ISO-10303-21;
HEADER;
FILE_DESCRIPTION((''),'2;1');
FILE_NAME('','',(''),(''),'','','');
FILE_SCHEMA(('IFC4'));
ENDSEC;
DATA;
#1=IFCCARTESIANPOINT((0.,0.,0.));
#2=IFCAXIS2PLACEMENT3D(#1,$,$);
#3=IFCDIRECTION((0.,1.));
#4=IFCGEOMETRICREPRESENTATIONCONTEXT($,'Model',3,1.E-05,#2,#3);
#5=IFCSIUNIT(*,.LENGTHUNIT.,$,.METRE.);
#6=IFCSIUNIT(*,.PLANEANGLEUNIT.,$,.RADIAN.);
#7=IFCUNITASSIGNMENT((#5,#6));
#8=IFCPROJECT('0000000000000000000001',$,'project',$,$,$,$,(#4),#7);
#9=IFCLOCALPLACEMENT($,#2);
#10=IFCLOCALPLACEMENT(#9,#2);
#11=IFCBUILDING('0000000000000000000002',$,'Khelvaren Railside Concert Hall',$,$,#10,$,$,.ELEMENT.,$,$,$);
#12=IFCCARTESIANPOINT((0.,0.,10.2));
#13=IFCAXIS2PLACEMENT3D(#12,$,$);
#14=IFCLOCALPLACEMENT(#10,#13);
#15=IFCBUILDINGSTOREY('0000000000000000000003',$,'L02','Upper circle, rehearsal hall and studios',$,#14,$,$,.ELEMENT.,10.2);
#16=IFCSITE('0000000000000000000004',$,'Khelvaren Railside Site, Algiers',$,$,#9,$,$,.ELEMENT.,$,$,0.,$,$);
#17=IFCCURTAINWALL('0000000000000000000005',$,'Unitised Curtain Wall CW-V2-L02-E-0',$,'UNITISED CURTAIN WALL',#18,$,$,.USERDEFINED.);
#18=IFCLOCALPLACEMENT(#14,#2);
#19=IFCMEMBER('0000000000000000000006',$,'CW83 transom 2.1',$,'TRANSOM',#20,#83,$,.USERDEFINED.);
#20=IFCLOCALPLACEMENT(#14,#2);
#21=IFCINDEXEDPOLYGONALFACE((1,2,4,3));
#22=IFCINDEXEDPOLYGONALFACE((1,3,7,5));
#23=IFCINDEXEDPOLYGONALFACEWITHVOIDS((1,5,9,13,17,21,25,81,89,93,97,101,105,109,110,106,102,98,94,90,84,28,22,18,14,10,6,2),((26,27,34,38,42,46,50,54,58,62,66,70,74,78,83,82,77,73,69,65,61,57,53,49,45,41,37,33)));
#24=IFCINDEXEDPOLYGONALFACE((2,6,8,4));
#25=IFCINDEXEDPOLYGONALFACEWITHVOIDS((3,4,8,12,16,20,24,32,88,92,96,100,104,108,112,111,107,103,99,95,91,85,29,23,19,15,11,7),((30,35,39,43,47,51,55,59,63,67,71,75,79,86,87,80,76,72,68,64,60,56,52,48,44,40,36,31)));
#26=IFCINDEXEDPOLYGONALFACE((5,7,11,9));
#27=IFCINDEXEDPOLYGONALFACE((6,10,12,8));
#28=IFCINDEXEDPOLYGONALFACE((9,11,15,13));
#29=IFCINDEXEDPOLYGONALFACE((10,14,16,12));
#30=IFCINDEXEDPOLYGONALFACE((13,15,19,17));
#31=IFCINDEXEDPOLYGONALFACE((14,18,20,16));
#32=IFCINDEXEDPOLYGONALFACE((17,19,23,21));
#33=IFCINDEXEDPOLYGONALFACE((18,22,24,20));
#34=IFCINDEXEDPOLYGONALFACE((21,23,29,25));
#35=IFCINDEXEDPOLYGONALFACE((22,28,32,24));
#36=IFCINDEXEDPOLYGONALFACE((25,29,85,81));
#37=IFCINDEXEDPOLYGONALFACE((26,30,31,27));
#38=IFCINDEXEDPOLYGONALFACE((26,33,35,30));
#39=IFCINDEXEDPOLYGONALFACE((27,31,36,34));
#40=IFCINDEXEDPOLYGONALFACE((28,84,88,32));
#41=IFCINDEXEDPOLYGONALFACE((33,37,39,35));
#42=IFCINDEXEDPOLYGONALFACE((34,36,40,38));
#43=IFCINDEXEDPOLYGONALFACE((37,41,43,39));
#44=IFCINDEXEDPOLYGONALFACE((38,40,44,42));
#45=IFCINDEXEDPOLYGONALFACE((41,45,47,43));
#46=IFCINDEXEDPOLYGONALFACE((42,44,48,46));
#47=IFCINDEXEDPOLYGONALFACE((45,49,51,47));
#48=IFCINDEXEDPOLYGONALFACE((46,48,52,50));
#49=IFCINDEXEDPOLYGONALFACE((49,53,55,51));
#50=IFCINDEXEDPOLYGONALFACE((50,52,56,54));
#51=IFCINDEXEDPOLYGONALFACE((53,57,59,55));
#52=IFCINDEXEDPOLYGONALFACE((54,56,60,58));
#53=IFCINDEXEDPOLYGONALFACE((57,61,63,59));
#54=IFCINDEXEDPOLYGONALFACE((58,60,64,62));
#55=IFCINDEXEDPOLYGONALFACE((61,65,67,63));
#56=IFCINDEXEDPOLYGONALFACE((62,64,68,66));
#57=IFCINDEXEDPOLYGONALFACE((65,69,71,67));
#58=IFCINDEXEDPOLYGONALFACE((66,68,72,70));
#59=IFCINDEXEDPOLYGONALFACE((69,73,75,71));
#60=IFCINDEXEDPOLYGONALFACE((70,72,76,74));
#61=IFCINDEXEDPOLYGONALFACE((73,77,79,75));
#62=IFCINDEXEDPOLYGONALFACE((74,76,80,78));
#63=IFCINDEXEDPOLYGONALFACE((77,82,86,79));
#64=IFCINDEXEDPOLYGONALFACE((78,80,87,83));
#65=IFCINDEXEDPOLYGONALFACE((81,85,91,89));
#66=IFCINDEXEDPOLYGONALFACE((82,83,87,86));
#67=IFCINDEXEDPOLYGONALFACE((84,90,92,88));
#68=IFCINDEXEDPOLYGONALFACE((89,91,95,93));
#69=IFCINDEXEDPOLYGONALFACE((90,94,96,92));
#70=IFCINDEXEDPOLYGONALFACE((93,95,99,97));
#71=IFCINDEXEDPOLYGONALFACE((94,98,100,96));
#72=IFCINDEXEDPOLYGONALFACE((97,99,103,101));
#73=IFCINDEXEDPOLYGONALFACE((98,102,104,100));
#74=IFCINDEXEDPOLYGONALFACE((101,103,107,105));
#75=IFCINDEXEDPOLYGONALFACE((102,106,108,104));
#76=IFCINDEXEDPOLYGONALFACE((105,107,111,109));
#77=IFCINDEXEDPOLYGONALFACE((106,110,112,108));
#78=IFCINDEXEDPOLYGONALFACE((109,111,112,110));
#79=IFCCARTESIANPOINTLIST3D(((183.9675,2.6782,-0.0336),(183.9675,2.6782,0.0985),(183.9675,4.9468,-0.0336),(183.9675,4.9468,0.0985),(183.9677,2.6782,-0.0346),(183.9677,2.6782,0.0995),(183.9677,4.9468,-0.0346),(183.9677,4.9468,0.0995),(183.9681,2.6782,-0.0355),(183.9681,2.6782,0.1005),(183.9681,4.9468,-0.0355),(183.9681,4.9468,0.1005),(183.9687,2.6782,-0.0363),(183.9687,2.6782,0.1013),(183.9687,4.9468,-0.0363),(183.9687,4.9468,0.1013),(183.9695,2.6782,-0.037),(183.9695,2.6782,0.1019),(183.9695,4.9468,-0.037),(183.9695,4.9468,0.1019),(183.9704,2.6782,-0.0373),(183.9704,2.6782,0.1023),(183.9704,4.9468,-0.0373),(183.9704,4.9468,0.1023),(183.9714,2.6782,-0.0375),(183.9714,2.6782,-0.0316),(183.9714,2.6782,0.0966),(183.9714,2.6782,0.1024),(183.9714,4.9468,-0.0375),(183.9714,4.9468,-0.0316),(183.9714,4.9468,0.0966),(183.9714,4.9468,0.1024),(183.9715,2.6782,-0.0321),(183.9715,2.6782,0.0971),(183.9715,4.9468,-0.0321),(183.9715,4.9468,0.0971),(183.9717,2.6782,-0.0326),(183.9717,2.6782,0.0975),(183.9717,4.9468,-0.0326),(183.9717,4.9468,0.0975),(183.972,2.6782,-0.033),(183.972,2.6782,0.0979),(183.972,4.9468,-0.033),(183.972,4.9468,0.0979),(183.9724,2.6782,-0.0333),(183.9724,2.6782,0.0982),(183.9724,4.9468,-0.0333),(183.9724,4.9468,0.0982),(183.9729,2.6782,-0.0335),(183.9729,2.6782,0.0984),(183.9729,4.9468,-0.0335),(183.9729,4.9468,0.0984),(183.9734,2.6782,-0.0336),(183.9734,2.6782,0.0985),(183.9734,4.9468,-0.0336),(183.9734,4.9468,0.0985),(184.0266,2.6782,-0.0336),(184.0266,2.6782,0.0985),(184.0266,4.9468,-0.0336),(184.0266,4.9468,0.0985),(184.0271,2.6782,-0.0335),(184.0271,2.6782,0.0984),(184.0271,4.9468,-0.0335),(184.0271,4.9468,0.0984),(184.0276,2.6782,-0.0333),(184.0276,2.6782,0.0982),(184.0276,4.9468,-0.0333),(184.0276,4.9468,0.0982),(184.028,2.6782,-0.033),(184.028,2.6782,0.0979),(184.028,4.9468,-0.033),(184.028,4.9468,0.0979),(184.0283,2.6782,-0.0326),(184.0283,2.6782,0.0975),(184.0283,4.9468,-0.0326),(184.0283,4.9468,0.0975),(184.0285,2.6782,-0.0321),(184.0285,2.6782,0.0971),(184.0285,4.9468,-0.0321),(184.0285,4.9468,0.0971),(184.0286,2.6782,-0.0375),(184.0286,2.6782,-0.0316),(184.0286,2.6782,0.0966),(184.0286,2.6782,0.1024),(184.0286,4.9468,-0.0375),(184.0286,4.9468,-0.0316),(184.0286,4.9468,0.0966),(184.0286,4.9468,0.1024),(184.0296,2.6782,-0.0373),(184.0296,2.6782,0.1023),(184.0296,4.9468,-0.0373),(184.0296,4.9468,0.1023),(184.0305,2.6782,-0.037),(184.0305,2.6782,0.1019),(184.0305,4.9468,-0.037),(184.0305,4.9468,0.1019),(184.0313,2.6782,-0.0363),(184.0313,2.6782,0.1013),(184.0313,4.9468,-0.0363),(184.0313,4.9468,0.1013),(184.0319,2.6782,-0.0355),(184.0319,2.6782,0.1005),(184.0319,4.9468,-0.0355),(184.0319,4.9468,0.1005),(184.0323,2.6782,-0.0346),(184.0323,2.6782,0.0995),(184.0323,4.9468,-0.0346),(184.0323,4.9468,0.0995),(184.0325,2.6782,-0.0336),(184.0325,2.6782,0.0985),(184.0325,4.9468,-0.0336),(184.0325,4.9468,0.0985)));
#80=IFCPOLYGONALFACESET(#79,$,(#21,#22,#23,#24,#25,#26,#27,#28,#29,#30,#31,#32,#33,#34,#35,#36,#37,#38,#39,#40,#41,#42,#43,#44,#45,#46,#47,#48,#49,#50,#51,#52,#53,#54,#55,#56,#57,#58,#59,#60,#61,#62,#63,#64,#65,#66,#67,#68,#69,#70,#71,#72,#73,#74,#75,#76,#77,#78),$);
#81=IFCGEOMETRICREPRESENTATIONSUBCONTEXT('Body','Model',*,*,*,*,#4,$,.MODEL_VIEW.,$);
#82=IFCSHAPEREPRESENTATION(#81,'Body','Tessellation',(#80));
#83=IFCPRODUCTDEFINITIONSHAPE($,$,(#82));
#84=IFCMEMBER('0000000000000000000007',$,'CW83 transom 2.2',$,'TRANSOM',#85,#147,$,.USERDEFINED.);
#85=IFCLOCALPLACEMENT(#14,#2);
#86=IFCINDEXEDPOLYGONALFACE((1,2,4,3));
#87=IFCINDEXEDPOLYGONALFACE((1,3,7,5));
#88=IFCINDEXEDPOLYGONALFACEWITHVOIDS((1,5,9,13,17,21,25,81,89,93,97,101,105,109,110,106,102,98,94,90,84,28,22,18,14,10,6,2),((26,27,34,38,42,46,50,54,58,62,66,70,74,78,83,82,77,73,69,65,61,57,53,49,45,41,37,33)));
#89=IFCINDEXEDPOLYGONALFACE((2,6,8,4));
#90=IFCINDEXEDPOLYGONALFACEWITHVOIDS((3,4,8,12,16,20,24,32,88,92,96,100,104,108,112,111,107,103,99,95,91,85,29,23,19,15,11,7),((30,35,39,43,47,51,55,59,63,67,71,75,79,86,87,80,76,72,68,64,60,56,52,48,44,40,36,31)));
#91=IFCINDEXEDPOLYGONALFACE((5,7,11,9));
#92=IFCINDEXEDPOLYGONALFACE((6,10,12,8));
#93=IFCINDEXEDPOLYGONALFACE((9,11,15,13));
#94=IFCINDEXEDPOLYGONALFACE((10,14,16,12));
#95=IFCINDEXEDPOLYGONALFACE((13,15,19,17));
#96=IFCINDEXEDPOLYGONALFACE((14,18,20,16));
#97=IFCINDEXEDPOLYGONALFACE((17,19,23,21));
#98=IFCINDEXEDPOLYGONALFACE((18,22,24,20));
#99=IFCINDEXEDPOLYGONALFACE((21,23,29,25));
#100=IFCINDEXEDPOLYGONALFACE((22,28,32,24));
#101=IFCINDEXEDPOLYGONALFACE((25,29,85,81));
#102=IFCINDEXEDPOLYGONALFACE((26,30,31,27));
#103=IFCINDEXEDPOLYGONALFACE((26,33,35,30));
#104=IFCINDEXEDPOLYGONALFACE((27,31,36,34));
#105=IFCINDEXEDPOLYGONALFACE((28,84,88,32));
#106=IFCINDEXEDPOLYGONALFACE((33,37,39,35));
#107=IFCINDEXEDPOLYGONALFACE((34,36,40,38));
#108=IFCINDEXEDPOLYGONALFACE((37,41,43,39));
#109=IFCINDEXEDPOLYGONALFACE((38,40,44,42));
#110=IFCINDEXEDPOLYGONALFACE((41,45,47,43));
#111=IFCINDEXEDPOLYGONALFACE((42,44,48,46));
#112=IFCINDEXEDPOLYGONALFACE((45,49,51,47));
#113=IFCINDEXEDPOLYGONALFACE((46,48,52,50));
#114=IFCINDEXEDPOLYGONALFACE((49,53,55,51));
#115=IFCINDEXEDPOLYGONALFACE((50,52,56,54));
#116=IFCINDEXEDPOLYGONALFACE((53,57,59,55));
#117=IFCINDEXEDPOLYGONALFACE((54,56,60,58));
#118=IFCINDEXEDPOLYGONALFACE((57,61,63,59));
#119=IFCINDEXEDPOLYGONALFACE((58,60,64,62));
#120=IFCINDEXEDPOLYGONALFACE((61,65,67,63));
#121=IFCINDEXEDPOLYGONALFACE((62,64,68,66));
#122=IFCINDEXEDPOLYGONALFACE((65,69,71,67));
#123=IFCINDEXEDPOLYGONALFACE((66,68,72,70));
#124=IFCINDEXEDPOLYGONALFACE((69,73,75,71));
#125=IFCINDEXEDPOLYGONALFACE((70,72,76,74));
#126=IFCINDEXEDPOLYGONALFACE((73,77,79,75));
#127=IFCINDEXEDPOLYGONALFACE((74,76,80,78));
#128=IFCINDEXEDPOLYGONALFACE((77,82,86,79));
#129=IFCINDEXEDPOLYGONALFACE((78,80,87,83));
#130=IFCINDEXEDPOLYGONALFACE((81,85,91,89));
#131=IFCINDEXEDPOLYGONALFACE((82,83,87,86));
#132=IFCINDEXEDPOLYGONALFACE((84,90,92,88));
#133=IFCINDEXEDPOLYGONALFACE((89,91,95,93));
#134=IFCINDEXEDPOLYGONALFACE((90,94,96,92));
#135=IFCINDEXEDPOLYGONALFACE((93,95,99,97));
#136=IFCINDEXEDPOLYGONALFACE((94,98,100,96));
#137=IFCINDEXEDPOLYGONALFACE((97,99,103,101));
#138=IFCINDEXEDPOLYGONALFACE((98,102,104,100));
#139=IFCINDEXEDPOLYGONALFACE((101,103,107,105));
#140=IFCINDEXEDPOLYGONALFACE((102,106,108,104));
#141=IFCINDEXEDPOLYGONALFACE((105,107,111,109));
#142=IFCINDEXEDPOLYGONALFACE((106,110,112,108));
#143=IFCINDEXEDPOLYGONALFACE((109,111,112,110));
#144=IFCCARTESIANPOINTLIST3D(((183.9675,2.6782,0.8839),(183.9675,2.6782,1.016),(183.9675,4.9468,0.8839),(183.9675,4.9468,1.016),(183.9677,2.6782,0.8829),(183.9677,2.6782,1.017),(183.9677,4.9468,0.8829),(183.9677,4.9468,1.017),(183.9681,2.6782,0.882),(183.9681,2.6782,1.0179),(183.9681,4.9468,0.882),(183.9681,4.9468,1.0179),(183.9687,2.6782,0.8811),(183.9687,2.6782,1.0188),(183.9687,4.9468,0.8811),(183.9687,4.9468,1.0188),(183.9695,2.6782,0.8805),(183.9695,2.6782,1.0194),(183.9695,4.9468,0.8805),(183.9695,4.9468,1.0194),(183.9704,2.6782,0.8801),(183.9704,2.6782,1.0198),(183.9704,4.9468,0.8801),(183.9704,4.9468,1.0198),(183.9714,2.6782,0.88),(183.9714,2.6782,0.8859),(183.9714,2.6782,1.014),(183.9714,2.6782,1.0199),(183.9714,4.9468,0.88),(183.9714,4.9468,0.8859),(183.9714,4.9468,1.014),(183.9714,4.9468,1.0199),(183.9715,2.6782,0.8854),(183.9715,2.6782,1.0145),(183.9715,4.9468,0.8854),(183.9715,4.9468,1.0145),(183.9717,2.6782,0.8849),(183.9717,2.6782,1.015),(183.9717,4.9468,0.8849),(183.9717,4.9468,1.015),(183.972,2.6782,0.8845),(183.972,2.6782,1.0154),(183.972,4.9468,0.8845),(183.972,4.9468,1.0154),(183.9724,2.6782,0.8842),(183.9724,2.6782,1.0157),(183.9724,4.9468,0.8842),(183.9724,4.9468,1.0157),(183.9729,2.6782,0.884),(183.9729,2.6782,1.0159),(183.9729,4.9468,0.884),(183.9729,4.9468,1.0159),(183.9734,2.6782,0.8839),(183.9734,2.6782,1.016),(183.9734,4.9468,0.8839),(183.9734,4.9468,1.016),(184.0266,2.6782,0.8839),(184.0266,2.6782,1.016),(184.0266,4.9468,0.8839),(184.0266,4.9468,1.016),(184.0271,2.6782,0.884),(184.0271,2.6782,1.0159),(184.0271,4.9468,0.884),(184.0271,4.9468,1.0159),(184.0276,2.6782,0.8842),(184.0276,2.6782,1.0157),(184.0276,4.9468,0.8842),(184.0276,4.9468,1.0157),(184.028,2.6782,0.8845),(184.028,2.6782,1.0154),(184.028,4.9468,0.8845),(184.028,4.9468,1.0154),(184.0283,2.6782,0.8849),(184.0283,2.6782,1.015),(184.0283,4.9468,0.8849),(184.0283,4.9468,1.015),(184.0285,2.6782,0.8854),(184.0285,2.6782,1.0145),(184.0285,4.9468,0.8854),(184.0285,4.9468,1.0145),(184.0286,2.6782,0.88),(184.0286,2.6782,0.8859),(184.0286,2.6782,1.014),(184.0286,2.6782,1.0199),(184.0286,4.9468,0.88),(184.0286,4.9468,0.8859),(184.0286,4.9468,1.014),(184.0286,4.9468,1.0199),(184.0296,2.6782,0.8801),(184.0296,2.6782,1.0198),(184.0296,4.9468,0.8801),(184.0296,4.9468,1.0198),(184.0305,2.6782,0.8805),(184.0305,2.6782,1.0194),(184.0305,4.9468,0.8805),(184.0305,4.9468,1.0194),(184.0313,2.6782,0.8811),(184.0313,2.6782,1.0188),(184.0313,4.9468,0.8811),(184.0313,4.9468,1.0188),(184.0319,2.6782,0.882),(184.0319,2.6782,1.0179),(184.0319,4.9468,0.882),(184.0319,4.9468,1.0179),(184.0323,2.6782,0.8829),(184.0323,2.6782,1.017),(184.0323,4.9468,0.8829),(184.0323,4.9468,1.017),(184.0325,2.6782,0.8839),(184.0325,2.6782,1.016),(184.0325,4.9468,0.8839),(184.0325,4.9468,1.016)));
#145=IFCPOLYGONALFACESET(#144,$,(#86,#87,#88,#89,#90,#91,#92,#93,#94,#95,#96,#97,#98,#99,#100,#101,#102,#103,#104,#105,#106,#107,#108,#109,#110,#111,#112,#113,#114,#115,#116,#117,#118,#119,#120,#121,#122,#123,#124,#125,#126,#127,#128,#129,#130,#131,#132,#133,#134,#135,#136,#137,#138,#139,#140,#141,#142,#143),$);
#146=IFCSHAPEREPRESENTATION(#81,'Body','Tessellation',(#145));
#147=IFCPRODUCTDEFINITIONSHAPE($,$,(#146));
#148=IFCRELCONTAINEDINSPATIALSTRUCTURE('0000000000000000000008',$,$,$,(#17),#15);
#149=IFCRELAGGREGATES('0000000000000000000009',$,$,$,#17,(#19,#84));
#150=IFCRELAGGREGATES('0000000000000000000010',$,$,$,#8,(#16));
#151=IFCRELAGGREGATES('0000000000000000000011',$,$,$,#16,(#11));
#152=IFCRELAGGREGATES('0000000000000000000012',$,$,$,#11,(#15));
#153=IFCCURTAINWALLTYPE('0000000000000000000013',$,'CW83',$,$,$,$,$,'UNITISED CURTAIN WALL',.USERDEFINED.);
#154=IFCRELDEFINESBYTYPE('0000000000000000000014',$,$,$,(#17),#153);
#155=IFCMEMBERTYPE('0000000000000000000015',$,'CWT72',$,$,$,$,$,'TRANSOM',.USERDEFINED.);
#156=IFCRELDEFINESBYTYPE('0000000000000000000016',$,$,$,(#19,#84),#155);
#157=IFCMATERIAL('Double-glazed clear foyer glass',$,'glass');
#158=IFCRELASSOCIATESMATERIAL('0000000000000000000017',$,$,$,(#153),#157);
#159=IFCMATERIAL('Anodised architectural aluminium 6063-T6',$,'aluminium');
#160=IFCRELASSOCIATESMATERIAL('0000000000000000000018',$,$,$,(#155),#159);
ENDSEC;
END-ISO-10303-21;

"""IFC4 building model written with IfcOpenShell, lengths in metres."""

from ifc_helpers import new_model, si_unit, direction, frame, origin, origin_2d, place, context, subcontext, project, spatial, hollow_rectangle, extrude, material, material_profile, profile_set, type_object, element, aggregate, save


model = new_model("IFC4")

# Units and contexts
model_context = context("Model", 3, precision=1e-05, world=origin(), true_north=direction((0.0, 1.0)))
body_context = subcontext(model_context, "Body", "Model", "MODEL_VIEW")
ifc_project = project(units=[si_unit("LENGTHUNIT", "METRE"), si_unit("PLANEANGLEUNIT", "RADIAN")], contexts=[model_context])

# Site, building, storey
site_placement = place(None, origin())
site = spatial("IfcSite", under=ifc_project, at=site_placement, Name="Khelvaren Railside Site, Algiers", CompositionType="ELEMENT", RefElevation=0.0)
building_placement = place(site_placement, origin())
building = spatial("IfcBuilding", under=site, at=building_placement, Name="Khelvaren Railside Concert Hall", CompositionType="ELEMENT")
storey_placement = place(building_placement, frame((0.0, 0.0, 10.2)))
storey = spatial("IfcBuildingStorey", under=building, at=storey_placement, Name="L02", Description="Upper circle, rehearsal hall and studios", CompositionType="ELEMENT", Elevation=10.2)

# Shared definitions
ifc_material_1 = material(Name="Double-glazed clear foyer glass", Category="glass")
curtain_wall_type = type_object("IfcCurtainWallType", Name="CW83", ElementType="UNITISED CURTAIN WALL", PredefinedType="USERDEFINED", material=ifc_material_1)
ifc_material_2 = material(Name="Anodised architectural aluminium 6063-T6", Category="aluminium")

# Curtain wall
curtain_wall_1_placement = place(storey_placement, origin())
curtain_wall_1 = element("IfcCurtainWall", 1, at=curtain_wall_1_placement, inside=storey, type_object=curtain_wall_type, Name="Unitised Curtain Wall CW-V2-L02-E-0", ObjectType="UNITISED CURTAIN WALL", PredefinedType="USERDEFINED")

# Members
ifc_material_profile_1 = material_profile(ifc_material_2, hollow_rectangle(XDim=0.0649, YDim=0.1399, WallThickness=0.0039, InnerFilletRadius=0.002, OuterFilletRadius=0.0039, at=origin_2d()), Name="CWT 65x140x4")
ifc_profile_set_1 = profile_set([ifc_material_profile_1], Name="Anodised architectural aluminium 6063-T6")
member_type_1 = type_object("IfcMemberType", Name="CWT72", ElementType="TRANSOM", PredefinedType="USERDEFINED", material=ifc_profile_set_1)
member_1_placement = place(storey_placement, frame((184.0, 4.9468, 0.0325), z_axis=(0.0, -1.0, 0.0), x_axis=(1.0, 0.0, 0.0)))
member_1 = element("IfcMember", 2, at=member_1_placement, type_object=member_type_1, Name="CW83 transom 2.1", ObjectType="TRANSOM", PredefinedType="USERDEFINED", context=body_context, shape_type="SweptSolid", body=[
    extrude(hollow_rectangle(XDim=0.0649, YDim=0.1399, WallThickness=0.0039, InnerFilletRadius=0.002, OuterFilletRadius=0.0039, at=origin_2d()), origin(), (0.0, 0.0, 1.0), 2.2686),
])
member_2_placement = place(storey_placement, frame((184.0, 4.9468, 0.95), z_axis=(0.0, -1.0, 0.0), x_axis=(1.0, 0.0, 0.0)))
member_2 = element("IfcMember", 3, at=member_2_placement, type_object=member_type_1, Name="CW83 transom 2.2", ObjectType="TRANSOM", PredefinedType="USERDEFINED", context=body_context, shape_type="SweptSolid", body=[
    extrude(hollow_rectangle(XDim=0.0649, YDim=0.1399, WallThickness=0.0039, InnerFilletRadius=0.002, OuterFilletRadius=0.0039, at=origin_2d()), origin(), (0.0, 0.0, 1.0), 2.2686),
])

aggregate(curtain_wall_1, [member_1, member_2])

save(model, "model.ifc")
